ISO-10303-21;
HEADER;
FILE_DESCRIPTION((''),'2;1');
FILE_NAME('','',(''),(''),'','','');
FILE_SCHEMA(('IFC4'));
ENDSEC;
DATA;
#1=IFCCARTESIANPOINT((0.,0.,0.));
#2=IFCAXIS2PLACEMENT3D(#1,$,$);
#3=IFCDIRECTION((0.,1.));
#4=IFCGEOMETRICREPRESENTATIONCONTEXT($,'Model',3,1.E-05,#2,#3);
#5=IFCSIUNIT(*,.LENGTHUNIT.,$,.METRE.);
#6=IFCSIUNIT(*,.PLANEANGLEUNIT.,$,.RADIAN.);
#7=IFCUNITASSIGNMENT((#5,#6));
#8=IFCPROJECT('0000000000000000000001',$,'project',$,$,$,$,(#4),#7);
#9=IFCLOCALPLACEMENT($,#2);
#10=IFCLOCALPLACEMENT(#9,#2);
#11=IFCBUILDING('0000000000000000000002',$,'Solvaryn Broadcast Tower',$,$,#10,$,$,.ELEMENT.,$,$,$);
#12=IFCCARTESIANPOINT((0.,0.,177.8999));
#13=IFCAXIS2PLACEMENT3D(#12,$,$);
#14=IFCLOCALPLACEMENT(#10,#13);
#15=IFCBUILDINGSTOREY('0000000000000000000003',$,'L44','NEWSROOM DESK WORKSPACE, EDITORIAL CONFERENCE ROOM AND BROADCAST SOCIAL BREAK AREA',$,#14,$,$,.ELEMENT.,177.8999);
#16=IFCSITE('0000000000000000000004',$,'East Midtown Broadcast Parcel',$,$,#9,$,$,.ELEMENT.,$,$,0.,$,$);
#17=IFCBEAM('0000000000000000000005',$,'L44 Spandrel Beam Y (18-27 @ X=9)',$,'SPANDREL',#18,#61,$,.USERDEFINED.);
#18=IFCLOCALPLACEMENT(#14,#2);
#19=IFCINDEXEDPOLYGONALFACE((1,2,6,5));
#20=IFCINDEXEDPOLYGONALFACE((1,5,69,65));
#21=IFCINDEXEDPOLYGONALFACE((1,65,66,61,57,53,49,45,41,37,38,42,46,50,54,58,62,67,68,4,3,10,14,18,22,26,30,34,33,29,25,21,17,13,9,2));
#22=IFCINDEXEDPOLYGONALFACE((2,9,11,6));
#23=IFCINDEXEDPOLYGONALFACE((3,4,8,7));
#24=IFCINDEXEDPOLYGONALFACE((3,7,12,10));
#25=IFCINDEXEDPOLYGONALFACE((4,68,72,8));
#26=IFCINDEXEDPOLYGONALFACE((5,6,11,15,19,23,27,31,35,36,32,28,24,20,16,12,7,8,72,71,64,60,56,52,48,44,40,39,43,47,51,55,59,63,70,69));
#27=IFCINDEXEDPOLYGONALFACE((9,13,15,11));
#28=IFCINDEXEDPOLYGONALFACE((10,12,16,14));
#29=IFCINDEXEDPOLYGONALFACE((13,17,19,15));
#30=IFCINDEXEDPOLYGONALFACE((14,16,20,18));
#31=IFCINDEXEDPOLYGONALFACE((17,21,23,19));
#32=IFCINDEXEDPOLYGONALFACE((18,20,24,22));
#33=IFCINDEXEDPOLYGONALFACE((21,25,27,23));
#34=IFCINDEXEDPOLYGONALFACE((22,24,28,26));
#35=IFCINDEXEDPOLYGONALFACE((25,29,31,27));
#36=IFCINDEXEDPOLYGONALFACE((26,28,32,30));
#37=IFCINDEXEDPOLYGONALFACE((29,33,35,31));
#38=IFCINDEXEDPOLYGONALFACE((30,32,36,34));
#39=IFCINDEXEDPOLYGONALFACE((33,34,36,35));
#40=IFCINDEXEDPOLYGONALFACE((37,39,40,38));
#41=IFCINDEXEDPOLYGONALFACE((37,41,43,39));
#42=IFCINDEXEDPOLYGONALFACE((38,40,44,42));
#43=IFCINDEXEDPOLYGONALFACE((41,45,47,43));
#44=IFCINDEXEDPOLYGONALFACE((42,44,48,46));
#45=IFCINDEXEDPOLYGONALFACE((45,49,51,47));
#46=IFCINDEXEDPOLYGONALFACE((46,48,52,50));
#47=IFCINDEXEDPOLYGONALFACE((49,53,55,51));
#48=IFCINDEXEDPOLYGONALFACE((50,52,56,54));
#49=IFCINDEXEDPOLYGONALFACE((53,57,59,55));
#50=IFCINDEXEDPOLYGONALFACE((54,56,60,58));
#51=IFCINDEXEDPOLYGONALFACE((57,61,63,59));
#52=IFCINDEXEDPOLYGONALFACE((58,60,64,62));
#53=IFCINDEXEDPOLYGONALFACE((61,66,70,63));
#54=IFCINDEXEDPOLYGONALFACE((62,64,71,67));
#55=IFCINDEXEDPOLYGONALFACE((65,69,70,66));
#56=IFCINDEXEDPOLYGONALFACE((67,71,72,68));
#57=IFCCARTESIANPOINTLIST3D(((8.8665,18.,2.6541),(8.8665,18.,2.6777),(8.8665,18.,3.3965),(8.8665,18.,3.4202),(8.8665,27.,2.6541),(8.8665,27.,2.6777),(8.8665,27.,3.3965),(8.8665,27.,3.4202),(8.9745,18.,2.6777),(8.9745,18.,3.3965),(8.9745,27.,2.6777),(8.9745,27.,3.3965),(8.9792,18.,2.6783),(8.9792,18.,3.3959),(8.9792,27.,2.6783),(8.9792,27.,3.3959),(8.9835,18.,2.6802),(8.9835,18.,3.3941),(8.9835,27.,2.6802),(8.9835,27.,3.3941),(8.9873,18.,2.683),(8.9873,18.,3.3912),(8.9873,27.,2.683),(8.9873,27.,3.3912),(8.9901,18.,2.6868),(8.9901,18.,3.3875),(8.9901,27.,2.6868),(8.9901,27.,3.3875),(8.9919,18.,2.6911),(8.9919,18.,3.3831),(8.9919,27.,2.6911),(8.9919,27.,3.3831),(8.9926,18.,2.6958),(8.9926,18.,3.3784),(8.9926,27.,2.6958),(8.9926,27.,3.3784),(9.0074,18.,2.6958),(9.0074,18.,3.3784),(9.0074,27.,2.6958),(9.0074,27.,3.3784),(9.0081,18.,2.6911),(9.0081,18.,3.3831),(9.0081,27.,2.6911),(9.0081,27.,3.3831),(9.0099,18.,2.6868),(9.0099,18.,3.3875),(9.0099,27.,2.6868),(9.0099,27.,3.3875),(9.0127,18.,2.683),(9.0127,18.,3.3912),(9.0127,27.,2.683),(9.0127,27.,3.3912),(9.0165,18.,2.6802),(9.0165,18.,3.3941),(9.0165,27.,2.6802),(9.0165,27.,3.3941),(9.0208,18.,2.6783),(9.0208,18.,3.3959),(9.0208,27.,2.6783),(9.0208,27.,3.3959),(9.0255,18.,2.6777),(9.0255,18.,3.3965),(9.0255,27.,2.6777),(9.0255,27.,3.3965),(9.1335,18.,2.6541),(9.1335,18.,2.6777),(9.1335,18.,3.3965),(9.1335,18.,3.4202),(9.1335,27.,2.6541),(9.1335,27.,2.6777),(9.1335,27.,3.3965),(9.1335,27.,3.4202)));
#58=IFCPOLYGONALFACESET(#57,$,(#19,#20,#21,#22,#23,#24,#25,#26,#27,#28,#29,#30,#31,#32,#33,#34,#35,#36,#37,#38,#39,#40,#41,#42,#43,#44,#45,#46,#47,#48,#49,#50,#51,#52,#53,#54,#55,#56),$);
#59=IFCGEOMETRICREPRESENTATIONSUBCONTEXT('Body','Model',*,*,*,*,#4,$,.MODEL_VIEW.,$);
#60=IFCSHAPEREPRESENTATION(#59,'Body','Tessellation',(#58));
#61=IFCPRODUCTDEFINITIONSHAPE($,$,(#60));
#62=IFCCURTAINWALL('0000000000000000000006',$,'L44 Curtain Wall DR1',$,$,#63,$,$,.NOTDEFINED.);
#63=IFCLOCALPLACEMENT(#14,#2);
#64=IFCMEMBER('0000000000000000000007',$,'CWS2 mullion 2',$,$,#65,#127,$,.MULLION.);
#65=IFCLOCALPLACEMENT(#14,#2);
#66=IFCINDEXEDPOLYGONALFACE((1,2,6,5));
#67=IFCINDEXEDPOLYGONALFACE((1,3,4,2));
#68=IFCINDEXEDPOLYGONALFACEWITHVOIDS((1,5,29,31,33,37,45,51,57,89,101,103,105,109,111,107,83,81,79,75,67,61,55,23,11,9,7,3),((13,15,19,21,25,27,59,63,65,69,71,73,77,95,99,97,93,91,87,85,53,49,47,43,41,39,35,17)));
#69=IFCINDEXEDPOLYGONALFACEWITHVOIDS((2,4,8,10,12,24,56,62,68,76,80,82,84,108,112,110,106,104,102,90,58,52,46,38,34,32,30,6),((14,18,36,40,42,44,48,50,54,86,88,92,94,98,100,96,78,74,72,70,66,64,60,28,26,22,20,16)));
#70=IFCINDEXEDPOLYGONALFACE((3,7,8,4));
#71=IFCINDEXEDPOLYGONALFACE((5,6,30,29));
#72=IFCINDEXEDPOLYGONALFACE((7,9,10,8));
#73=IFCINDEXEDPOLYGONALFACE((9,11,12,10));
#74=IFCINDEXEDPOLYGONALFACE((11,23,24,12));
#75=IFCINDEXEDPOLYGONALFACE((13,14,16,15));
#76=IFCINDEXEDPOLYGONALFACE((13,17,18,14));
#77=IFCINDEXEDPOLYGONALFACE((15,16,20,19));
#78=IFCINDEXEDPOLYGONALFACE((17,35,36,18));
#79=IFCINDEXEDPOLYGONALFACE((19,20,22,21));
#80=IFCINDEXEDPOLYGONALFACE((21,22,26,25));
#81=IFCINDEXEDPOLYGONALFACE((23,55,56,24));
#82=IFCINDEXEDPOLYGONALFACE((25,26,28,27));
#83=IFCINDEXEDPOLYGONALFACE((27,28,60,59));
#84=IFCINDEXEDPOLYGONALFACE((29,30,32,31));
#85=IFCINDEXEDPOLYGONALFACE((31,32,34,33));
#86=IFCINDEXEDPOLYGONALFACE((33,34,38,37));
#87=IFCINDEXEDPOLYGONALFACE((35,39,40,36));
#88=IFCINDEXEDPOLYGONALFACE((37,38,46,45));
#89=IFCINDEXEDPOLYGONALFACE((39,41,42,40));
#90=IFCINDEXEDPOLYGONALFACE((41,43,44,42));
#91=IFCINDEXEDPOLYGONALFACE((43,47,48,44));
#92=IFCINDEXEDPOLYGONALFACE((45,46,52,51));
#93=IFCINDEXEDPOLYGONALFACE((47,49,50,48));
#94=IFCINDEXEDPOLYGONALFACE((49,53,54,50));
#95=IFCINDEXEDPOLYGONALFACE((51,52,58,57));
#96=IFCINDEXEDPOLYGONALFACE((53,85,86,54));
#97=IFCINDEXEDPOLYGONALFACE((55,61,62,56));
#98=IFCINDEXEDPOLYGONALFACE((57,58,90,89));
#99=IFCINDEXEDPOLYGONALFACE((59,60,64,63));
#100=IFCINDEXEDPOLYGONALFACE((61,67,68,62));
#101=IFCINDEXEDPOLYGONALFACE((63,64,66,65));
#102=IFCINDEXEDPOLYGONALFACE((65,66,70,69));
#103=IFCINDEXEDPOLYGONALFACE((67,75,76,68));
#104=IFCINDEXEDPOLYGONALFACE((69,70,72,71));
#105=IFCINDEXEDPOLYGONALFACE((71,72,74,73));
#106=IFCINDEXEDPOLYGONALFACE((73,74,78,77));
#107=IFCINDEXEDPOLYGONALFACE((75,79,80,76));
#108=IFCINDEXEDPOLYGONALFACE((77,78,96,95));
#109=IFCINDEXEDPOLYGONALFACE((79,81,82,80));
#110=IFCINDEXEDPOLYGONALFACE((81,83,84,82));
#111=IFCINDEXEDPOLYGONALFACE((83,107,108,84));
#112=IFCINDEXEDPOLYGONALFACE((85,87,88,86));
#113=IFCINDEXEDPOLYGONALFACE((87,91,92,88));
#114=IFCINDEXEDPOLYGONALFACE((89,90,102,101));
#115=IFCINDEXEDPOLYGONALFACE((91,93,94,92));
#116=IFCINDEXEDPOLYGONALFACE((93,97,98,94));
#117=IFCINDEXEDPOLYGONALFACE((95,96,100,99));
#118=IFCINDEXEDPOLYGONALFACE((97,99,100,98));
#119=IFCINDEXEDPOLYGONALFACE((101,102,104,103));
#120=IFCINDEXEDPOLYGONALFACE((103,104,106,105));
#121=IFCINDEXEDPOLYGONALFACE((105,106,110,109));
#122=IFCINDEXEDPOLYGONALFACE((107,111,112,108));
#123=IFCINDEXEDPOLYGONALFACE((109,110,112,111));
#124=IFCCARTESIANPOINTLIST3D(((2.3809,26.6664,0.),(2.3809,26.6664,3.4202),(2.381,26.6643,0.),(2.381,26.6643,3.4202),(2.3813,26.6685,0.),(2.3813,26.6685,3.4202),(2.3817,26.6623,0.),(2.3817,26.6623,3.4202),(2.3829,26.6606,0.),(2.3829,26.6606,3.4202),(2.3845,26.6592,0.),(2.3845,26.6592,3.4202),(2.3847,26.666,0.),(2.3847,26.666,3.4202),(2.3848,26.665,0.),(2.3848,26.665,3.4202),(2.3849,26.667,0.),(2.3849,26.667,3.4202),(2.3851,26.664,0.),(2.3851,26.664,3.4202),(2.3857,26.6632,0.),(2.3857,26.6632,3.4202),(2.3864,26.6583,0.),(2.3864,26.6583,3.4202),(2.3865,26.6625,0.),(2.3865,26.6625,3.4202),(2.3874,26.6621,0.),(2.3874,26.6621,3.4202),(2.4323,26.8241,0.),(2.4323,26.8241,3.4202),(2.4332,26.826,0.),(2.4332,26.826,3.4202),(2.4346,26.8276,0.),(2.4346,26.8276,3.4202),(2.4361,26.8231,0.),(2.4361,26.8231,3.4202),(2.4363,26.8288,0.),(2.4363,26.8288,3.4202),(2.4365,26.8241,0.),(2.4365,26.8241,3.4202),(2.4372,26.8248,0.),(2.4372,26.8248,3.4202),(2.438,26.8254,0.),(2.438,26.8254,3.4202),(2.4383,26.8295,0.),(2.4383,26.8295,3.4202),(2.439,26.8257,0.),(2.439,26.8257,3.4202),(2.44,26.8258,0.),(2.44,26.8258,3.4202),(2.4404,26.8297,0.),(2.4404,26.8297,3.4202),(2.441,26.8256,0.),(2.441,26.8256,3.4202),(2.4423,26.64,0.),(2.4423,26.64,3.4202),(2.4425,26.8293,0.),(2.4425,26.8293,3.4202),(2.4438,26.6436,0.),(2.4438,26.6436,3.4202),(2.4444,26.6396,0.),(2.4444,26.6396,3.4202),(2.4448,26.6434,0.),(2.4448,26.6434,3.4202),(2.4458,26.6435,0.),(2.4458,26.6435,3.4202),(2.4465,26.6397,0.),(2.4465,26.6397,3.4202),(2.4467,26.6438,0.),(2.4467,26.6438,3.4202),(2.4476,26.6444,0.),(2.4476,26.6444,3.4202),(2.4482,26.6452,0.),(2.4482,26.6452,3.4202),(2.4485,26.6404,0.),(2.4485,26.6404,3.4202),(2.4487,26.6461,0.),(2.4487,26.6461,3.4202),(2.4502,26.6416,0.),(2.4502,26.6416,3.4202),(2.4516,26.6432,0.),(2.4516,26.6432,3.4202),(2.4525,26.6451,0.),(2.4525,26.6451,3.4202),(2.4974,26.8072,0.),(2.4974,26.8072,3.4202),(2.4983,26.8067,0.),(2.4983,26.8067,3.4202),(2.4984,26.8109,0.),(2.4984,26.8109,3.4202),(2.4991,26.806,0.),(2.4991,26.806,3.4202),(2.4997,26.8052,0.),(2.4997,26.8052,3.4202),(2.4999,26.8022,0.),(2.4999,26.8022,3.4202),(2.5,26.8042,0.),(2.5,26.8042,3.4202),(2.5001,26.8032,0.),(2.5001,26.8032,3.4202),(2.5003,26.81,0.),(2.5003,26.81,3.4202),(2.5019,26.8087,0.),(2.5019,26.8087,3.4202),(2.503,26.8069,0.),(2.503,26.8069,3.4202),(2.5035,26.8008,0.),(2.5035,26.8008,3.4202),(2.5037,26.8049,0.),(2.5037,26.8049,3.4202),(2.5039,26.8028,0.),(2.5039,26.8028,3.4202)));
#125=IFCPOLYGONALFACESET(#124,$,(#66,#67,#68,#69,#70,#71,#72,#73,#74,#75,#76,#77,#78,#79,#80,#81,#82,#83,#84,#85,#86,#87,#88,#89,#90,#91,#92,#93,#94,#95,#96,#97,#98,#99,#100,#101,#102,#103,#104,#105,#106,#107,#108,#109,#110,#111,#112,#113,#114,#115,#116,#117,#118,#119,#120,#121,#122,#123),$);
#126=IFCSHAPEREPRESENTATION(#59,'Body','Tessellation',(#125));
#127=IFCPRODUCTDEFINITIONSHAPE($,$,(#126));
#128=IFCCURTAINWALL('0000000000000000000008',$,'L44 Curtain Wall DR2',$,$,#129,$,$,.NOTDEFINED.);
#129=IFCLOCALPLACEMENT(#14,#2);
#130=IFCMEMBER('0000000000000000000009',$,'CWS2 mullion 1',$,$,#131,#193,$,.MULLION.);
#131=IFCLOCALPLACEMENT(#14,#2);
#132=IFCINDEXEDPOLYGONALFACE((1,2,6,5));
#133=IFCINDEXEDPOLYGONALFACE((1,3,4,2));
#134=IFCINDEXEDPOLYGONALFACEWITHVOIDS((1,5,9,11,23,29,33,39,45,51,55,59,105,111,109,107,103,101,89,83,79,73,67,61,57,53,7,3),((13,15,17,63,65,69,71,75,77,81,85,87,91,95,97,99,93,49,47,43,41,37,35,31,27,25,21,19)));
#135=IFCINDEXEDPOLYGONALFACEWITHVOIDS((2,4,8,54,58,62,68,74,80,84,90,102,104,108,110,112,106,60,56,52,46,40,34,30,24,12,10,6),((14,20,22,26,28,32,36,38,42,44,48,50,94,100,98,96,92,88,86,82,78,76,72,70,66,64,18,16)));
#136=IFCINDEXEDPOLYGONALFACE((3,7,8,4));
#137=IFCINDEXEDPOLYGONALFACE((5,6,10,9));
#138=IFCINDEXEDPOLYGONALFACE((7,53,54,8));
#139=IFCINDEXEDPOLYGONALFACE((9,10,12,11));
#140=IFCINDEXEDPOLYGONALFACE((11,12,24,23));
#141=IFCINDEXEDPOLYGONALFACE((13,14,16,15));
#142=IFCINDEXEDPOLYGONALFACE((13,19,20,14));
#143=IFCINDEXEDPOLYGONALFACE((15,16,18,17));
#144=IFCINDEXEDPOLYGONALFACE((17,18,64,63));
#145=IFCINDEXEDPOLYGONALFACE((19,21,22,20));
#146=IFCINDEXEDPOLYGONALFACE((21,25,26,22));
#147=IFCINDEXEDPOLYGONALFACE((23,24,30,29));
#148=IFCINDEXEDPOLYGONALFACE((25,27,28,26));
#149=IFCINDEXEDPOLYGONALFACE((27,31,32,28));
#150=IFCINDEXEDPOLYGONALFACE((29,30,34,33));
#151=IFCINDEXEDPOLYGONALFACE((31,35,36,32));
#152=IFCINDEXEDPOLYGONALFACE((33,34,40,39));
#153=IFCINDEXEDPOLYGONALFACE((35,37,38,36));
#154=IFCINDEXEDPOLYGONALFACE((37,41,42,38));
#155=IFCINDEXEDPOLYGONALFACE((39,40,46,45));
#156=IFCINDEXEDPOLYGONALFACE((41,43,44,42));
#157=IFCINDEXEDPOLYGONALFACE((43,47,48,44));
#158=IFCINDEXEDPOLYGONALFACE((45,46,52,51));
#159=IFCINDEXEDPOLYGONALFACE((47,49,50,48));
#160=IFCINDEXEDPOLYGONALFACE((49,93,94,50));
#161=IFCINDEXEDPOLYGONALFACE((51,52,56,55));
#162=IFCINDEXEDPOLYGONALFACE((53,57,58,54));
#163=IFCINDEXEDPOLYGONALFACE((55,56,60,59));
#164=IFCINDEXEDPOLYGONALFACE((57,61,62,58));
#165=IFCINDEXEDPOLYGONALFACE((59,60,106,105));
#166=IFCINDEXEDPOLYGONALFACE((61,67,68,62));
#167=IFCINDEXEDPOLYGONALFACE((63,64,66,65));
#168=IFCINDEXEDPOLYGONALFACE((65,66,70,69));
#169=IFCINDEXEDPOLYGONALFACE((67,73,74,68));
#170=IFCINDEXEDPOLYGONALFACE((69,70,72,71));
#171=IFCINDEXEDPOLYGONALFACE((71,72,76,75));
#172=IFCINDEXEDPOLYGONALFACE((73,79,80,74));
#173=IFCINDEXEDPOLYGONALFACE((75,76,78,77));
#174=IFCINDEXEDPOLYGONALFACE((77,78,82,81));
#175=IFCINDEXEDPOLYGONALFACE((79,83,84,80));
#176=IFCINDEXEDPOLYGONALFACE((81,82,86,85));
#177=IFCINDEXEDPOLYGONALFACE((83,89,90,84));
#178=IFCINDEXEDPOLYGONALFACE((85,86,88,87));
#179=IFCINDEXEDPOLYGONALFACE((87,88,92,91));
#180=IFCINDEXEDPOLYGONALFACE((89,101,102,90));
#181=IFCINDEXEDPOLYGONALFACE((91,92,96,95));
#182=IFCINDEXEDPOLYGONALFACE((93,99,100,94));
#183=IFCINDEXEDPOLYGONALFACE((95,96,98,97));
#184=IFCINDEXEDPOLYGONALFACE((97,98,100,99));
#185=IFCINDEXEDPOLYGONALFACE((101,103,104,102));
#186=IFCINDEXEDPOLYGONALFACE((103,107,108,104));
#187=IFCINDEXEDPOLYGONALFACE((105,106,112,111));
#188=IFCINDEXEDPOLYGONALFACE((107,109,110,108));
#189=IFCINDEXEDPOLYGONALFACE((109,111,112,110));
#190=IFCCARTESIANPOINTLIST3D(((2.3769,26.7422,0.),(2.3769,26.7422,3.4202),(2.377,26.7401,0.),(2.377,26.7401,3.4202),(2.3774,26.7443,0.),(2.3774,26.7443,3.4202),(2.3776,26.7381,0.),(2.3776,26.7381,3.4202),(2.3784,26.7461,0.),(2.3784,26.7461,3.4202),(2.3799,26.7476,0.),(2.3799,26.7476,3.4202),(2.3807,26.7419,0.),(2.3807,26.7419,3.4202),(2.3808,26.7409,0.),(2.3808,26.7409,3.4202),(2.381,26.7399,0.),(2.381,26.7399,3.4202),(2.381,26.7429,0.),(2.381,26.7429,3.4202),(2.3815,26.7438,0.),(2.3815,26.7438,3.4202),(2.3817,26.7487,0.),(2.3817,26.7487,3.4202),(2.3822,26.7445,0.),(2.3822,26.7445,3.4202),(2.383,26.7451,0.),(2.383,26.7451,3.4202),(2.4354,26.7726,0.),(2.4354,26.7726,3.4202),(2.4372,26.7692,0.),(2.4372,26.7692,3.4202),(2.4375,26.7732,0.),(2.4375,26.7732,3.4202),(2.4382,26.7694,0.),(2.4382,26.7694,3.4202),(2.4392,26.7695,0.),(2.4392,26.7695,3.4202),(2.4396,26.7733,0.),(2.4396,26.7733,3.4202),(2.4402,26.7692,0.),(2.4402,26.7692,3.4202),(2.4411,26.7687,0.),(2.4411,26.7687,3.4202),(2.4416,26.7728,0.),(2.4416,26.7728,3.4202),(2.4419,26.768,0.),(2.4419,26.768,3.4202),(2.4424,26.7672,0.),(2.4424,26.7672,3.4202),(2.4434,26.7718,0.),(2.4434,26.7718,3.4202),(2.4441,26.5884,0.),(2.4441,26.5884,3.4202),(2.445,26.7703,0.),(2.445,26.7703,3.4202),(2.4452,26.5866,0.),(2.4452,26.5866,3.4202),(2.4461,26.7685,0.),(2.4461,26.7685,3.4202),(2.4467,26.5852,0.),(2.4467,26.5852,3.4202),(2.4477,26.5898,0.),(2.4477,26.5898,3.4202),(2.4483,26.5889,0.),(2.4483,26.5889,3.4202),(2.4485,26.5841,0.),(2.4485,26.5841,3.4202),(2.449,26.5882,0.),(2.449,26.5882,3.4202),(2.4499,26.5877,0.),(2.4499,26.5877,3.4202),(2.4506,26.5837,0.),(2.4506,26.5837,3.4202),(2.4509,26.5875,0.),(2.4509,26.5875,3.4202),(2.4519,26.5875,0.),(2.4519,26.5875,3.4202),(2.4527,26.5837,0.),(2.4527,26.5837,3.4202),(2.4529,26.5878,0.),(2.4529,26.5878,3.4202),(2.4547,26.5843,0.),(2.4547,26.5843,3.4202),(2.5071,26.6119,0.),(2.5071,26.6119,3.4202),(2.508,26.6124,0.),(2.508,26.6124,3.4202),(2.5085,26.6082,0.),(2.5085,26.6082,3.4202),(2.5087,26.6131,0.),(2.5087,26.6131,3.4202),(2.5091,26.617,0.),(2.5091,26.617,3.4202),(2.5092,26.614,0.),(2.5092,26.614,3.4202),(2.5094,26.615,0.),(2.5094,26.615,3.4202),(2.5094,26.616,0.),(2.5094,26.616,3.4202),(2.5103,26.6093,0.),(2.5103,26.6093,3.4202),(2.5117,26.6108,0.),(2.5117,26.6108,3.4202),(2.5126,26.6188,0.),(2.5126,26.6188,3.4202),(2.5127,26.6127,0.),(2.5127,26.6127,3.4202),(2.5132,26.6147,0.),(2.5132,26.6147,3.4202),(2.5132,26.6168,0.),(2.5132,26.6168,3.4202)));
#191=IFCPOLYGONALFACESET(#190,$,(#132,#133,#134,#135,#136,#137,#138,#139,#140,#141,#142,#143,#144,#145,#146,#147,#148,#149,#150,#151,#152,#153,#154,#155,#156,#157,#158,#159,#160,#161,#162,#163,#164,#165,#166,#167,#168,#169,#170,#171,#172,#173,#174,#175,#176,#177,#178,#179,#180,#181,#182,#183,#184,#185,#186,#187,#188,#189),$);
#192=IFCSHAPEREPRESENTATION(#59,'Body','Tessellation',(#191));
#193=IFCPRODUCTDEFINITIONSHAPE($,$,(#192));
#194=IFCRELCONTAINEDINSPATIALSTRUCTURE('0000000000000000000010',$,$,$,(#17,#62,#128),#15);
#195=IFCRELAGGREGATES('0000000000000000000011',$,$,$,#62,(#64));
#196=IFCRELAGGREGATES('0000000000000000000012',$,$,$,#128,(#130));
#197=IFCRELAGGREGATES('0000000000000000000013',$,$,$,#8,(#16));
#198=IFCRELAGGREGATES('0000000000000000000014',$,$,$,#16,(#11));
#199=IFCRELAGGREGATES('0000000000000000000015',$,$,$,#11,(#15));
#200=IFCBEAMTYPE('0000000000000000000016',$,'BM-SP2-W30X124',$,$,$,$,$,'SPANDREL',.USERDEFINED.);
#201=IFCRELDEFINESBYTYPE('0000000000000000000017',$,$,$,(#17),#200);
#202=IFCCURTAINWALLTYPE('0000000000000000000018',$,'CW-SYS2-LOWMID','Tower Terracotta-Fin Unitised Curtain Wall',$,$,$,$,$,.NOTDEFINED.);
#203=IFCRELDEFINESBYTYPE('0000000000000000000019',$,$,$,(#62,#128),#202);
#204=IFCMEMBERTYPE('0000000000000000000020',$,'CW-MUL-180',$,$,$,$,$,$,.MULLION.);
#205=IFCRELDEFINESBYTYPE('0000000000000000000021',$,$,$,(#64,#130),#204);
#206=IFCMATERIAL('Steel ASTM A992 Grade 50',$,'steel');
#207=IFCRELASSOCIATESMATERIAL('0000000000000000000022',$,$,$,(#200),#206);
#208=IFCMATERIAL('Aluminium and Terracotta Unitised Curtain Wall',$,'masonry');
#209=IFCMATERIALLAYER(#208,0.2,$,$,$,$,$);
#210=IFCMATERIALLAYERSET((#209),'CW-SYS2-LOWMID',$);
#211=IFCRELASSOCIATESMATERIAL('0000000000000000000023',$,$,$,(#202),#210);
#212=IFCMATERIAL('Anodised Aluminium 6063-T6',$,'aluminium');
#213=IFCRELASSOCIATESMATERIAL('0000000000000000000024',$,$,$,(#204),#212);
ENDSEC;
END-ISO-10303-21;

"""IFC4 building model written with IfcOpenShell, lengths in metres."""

from ifc_helpers import new_model, si_unit, direction, frame, origin, origin_2d, place, context, subcontext, project, spatial, hollow_rectangle, i_section, extrude, material, layer, layer_set, material_profile, profile_set, type_object, element, aggregate, save


model = new_model("IFC4")

# Units and contexts
model_context = context("Model", 3, precision=1e-05, world=origin(), true_north=direction((0.0, 1.0)))
body_context = subcontext(model_context, "Body", "Model", "MODEL_VIEW")
ifc_project = project(units=[si_unit("LENGTHUNIT", "METRE"), si_unit("PLANEANGLEUNIT", "RADIAN")], contexts=[model_context])

# Site, building, storey
site_placement = place(None, origin())
site = spatial("IfcSite", under=ifc_project, at=site_placement, Name="East Midtown Broadcast Parcel", CompositionType="ELEMENT", RefElevation=0.0)
building_placement = place(site_placement, origin())
building = spatial("IfcBuilding", under=site, at=building_placement, Name="Solvaryn Broadcast Tower", CompositionType="ELEMENT")
storey_placement = place(building_placement, frame((0.0, 0.0, 177.8999)))
storey = spatial("IfcBuildingStorey", under=building, at=storey_placement, Name="L44", Description="NEWSROOM DESK WORKSPACE, EDITORIAL CONFERENCE ROOM AND BROADCAST SOCIAL BREAK AREA", CompositionType="ELEMENT", Elevation=177.8999)

# Beam
ifc_material_1 = material(Name="Steel ASTM A992 Grade 50", Category="steel")
ifc_material_profile_1 = material_profile(ifc_material_1, i_section(OverallWidth=0.2671, OverallDepth=0.7661, WebThickness=0.0149, FlangeThickness=0.0237, FilletRadius=0.0181, at=origin_2d()))
ifc_profile_set_1 = profile_set([ifc_material_profile_1], Name="Steel ASTM A992 Grade 50")
beam_type_1 = type_object("IfcBeamType", Name="BM-SP2-W30X124", ElementType="SPANDREL", PredefinedType="USERDEFINED", material=ifc_profile_set_1)
beam_1_placement = place(storey_placement, frame((9.0, 18.0, 3.0371), z_axis=(0.0, 1.0, 0.0), x_axis=(-1.0, 0.0, 0.0)))
element("IfcBeam", 1, at=beam_1_placement, inside=storey, type_object=beam_type_1, Name="L44 Spandrel Beam Y (18-27 @ X=9)", ObjectType="SPANDREL", PredefinedType="USERDEFINED", context=body_context, shape_type="SweptSolid", body=[
    extrude(i_section(OverallWidth=0.2671, OverallDepth=0.7661, WebThickness=0.0149, FlangeThickness=0.0237, FilletRadius=0.0181, at=origin_2d()), origin(), (0.0, 0.0, 1.0), 9.0),
])

# Curtain wall, member
ifc_material_2 = material(Name="Aluminium and Terracotta Unitised Curtain Wall", Category="masonry")
ifc_layer_1 = layer(ifc_material_2, 0.2)
ifc_layer_set_1 = layer_set([ifc_layer_1], Name="CW-SYS2-LOWMID")
curtain_wall_type = type_object("IfcCurtainWallType", Name="CW-SYS2-LOWMID", Description="Tower Terracotta-Fin Unitised Curtain Wall", PredefinedType="NOTDEFINED", material=ifc_layer_set_1)
curtain_wall_1_placement = place(storey_placement, origin())
curtain_wall_1 = element("IfcCurtainWall", 2, at=curtain_wall_1_placement, inside=storey, type_object=curtain_wall_type, Name="L44 Curtain Wall DR1", PredefinedType="NOTDEFINED")
ifc_material_3 = material(Name="Anodised Aluminium 6063-T6", Category="aluminium")
ifc_material_profile_2 = material_profile(ifc_material_3, hollow_rectangle(XDim=0.075, YDim=0.1799, WallThickness=0.0039, InnerFilletRadius=0.0039, OuterFilletRadius=0.0081, at=origin_2d()))
ifc_profile_set_2 = profile_set([ifc_material_profile_2], Name="Anodised Aluminium 6063-T6")
member_type_1 = type_object("IfcMemberType", Name="CW-MUL-180", PredefinedType="MULLION", material=ifc_profile_set_2)
member_1_placement = place(storey_placement, frame((2.4424, 26.7346, 0.0), z_axis=(0.0, 0.0, 1.0), x_axis=(0.950227, -0.311559, 0.0)))
member_1 = element("IfcMember", 3, at=member_1_placement, type_object=member_type_1, Name="CWS2 mullion 2", PredefinedType="MULLION", context=body_context, shape_type="SweptSolid", body=[
    extrude(hollow_rectangle(XDim=0.075, YDim=0.1799, WallThickness=0.0039, InnerFilletRadius=0.0039, OuterFilletRadius=0.0081, at=origin_2d()), origin(), (0.0, 0.0, 1.0), 3.4202),
])
aggregate(curtain_wall_1, [member_1])

# Curtain wall, member
curtain_wall_2_placement = place(storey_placement, origin())
curtain_wall_2 = element("IfcCurtainWall", 4, at=curtain_wall_2_placement, inside=storey, type_object=curtain_wall_type, Name="L44 Curtain Wall DR2", PredefinedType="NOTDEFINED")
member_2_placement = place(storey_placement, frame((2.4451, 26.6785, 0.0), z_axis=(0.0, 0.0, 1.0), x_axis=(0.913917, 0.405901, 0.0)))
member_2 = element("IfcMember", 5, at=member_2_placement, type_object=member_type_1, Name="CWS2 mullion 1", PredefinedType="MULLION", context=body_context, shape_type="SweptSolid", body=[
    extrude(hollow_rectangle(XDim=0.075, YDim=0.1799, WallThickness=0.0039, InnerFilletRadius=0.0039, OuterFilletRadius=0.0081, at=origin_2d()), origin(), (0.0, 0.0, 1.0), 3.4202),
])
aggregate(curtain_wall_2, [member_2])

save(model, "model.ifc")
